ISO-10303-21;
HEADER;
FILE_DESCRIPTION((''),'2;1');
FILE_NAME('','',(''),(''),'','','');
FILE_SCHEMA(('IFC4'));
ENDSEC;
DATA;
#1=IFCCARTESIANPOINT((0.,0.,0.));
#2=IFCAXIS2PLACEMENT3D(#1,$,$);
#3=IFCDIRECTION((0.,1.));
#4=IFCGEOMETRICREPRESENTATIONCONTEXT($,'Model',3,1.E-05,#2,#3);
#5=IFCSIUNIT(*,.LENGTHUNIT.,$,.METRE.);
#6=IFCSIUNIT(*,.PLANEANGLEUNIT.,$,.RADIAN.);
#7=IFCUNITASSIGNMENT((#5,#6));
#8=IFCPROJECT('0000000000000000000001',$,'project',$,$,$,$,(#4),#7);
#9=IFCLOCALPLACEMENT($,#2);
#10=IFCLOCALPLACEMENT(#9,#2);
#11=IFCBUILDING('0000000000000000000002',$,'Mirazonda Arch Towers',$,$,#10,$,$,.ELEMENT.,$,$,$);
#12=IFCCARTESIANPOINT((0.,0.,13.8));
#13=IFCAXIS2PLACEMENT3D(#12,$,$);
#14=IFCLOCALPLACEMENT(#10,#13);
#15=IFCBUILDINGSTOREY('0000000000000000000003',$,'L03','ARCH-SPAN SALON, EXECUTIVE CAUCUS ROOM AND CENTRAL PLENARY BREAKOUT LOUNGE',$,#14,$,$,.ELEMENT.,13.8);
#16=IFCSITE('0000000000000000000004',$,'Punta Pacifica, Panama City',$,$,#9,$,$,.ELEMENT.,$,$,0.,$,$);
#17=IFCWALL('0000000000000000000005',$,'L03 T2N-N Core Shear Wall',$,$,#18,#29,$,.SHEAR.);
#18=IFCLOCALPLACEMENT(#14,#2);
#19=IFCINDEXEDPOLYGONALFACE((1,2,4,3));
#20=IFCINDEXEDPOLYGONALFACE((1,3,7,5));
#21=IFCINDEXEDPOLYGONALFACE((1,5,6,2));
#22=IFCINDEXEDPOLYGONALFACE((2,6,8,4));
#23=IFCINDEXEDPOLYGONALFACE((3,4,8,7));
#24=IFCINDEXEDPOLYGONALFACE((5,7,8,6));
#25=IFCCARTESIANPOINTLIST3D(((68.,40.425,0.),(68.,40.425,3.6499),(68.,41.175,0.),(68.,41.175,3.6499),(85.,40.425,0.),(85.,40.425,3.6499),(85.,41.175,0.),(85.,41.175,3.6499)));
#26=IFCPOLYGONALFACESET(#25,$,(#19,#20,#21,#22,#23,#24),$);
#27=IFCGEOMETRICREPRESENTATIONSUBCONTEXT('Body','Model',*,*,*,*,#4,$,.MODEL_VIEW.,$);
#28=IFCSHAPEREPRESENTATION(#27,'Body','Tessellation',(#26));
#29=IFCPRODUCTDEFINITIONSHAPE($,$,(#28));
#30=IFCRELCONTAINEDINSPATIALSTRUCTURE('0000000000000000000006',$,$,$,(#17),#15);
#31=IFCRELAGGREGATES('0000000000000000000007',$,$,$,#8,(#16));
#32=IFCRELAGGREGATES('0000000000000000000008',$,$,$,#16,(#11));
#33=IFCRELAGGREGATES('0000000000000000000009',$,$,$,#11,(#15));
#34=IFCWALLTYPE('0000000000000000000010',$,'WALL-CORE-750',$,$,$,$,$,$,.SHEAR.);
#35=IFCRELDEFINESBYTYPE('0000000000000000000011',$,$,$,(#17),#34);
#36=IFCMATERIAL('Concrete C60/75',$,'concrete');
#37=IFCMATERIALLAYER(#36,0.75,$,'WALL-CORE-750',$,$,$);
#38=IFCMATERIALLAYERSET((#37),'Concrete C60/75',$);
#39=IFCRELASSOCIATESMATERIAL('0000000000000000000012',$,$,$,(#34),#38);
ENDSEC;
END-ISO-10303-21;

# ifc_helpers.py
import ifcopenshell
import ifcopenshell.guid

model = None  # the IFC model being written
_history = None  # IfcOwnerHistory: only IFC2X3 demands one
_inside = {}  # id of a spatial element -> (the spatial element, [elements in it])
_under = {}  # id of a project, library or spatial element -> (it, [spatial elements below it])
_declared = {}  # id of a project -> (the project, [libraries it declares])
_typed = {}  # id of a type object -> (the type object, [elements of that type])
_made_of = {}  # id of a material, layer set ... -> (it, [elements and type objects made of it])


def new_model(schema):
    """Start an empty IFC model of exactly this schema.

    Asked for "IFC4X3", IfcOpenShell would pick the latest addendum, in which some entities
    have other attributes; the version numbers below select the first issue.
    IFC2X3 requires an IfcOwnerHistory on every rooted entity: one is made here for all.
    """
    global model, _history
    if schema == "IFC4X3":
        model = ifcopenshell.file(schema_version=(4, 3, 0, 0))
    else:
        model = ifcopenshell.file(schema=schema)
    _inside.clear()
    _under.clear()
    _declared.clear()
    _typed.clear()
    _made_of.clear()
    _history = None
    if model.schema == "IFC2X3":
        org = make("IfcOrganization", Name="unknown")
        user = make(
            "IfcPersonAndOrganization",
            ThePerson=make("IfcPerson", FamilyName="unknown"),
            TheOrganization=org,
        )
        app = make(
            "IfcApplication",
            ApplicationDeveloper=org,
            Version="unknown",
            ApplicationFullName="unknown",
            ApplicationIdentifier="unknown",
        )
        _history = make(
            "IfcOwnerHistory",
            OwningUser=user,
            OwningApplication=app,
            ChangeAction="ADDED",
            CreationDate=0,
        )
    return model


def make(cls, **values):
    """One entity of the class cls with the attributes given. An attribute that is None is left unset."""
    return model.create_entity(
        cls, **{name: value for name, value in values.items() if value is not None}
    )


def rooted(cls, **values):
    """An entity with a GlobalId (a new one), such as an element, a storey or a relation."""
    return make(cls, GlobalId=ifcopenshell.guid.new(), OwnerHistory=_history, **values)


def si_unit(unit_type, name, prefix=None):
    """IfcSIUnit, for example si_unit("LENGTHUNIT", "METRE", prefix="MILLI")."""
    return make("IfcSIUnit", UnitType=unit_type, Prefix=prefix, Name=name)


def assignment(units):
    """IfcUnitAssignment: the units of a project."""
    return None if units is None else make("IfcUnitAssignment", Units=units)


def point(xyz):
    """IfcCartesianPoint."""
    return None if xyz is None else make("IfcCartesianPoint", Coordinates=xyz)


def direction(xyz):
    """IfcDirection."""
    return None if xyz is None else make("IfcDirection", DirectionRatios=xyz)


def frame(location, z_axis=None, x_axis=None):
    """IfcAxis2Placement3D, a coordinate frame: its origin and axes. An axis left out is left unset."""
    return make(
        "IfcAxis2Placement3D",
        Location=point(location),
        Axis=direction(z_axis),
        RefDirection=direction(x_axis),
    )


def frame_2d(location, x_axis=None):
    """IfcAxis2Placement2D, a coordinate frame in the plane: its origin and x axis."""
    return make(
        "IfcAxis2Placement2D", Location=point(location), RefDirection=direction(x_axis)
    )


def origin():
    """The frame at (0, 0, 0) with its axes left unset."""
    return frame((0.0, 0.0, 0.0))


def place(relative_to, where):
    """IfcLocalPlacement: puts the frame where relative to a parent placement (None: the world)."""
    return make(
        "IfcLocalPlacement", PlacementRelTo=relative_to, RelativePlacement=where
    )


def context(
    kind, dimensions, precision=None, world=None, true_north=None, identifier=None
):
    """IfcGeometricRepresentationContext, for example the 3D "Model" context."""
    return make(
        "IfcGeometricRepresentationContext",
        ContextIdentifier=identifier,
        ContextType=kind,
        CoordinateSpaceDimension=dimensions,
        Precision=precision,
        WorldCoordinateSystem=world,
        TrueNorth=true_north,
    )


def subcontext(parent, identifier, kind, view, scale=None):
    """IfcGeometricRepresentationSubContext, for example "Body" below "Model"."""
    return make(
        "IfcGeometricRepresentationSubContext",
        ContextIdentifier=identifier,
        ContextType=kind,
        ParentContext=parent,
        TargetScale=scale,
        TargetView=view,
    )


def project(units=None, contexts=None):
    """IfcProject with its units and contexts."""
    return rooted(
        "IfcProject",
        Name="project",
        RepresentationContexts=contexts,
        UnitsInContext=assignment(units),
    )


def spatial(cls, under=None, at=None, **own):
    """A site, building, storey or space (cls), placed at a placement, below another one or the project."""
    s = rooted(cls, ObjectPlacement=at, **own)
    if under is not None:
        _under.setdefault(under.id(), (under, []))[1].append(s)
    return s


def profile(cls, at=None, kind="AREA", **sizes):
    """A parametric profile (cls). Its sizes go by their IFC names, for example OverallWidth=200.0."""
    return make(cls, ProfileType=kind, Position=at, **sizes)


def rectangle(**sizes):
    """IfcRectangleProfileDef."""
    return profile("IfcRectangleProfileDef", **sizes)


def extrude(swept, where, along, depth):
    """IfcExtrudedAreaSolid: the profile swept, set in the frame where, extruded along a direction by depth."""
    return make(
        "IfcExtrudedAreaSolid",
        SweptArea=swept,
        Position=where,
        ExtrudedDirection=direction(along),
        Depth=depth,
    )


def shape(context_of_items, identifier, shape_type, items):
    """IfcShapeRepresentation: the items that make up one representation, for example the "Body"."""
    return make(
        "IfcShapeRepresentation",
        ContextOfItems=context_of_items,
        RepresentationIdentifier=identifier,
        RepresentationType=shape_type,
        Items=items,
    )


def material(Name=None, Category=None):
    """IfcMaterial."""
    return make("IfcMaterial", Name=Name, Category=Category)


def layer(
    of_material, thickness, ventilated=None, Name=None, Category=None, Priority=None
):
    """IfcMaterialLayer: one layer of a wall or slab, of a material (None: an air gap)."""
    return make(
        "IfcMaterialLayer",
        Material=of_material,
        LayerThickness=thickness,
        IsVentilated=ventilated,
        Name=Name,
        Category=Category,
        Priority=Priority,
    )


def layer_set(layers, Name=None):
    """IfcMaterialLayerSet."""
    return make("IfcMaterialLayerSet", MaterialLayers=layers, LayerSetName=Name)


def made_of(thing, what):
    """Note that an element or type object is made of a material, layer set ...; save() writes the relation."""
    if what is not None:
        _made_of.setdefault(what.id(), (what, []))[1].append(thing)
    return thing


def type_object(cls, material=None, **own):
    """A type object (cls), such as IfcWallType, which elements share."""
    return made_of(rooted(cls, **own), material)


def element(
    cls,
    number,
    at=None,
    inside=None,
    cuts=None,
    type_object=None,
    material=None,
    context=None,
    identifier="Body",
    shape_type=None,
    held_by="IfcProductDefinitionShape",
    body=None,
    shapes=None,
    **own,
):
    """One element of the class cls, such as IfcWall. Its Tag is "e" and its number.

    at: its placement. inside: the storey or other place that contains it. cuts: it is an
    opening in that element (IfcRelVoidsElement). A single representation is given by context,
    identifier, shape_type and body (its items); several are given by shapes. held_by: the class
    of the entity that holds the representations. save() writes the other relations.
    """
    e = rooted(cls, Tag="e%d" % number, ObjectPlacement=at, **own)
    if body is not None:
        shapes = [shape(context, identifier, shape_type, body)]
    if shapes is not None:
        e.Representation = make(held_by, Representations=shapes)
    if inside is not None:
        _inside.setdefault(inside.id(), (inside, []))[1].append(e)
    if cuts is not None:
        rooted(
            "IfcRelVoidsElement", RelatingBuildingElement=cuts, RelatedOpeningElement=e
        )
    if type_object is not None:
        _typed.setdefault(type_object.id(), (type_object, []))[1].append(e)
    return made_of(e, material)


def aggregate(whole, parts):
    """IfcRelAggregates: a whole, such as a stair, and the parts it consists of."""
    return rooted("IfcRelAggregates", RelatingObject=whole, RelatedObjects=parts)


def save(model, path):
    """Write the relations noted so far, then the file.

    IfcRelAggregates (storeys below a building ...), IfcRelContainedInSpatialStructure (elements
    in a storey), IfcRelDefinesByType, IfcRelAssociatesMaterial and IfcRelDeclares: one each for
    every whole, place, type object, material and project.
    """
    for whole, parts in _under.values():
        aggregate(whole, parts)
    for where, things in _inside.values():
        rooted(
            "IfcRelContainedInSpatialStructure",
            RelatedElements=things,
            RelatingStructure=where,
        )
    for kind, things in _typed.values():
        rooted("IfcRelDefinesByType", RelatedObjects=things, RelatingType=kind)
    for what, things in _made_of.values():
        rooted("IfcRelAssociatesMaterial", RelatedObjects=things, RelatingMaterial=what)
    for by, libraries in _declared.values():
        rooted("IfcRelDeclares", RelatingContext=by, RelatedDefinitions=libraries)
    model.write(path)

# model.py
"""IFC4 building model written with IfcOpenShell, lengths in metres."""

from ifc_helpers import new_model, si_unit, direction, frame, frame_2d, origin, place, context, subcontext, project, spatial, rectangle, extrude, material, layer, layer_set, type_object, element, save


model = new_model("IFC4")

# Units and contexts
model_context = context("Model", 3, precision=1e-05, world=origin(), true_north=direction((0.0, 1.0)))
body_context = subcontext(model_context, "Body", "Model", "MODEL_VIEW")
ifc_project = project(units=[si_unit("LENGTHUNIT", "METRE"), si_unit("PLANEANGLEUNIT", "RADIAN")], contexts=[model_context])

# Site, building, storey
site_placement = place(None, origin())
site = spatial("IfcSite", under=ifc_project, at=site_placement, Name="Punta Pacifica, Panama City", CompositionType="ELEMENT", RefElevation=0.0)
building_placement = place(site_placement, origin())
building = spatial("IfcBuilding", under=site, at=building_placement, Name="Mirazonda Arch Towers", CompositionType="ELEMENT")
storey_placement = place(building_placement, frame((0.0, 0.0, 13.8)))
storey = spatial("IfcBuildingStorey", under=building, at=storey_placement, Name="L03", Description="ARCH-SPAN SALON, EXECUTIVE CAUCUS ROOM AND CENTRAL PLENARY BREAKOUT LOUNGE", CompositionType="ELEMENT", Elevation=13.8)

# Shared definitions
ifc_material_1 = material(Name="Concrete C60/75", Category="concrete")

# Wall
ifc_layer_1 = layer(ifc_material_1, 0.75, Name="WALL-CORE-750")
ifc_layer_set_1 = layer_set([ifc_layer_1], Name="Concrete C60/75")
wall_type_1 = type_object("IfcWallType", Name="WALL-CORE-750", PredefinedType="SHEAR", material=ifc_layer_set_1)
wall_1_placement = place(storey_placement, frame((68.0, 40.8, 0.0), z_axis=(0.0, 0.0, 1.0), x_axis=(1.0, 0.0, 0.0)))
element("IfcWall", 1, at=wall_1_placement, inside=storey, type_object=wall_type_1, Name="L03 T2N-N Core Shear Wall", PredefinedType="SHEAR", context=body_context, shape_type="SweptSolid", body=[
    extrude(rectangle(XDim=17.0, YDim=0.75, at=frame_2d((8.5, 0.0))), origin(), (0.0, 0.0, 1.0), 3.6499),
])

save(model, "model.ifc")
